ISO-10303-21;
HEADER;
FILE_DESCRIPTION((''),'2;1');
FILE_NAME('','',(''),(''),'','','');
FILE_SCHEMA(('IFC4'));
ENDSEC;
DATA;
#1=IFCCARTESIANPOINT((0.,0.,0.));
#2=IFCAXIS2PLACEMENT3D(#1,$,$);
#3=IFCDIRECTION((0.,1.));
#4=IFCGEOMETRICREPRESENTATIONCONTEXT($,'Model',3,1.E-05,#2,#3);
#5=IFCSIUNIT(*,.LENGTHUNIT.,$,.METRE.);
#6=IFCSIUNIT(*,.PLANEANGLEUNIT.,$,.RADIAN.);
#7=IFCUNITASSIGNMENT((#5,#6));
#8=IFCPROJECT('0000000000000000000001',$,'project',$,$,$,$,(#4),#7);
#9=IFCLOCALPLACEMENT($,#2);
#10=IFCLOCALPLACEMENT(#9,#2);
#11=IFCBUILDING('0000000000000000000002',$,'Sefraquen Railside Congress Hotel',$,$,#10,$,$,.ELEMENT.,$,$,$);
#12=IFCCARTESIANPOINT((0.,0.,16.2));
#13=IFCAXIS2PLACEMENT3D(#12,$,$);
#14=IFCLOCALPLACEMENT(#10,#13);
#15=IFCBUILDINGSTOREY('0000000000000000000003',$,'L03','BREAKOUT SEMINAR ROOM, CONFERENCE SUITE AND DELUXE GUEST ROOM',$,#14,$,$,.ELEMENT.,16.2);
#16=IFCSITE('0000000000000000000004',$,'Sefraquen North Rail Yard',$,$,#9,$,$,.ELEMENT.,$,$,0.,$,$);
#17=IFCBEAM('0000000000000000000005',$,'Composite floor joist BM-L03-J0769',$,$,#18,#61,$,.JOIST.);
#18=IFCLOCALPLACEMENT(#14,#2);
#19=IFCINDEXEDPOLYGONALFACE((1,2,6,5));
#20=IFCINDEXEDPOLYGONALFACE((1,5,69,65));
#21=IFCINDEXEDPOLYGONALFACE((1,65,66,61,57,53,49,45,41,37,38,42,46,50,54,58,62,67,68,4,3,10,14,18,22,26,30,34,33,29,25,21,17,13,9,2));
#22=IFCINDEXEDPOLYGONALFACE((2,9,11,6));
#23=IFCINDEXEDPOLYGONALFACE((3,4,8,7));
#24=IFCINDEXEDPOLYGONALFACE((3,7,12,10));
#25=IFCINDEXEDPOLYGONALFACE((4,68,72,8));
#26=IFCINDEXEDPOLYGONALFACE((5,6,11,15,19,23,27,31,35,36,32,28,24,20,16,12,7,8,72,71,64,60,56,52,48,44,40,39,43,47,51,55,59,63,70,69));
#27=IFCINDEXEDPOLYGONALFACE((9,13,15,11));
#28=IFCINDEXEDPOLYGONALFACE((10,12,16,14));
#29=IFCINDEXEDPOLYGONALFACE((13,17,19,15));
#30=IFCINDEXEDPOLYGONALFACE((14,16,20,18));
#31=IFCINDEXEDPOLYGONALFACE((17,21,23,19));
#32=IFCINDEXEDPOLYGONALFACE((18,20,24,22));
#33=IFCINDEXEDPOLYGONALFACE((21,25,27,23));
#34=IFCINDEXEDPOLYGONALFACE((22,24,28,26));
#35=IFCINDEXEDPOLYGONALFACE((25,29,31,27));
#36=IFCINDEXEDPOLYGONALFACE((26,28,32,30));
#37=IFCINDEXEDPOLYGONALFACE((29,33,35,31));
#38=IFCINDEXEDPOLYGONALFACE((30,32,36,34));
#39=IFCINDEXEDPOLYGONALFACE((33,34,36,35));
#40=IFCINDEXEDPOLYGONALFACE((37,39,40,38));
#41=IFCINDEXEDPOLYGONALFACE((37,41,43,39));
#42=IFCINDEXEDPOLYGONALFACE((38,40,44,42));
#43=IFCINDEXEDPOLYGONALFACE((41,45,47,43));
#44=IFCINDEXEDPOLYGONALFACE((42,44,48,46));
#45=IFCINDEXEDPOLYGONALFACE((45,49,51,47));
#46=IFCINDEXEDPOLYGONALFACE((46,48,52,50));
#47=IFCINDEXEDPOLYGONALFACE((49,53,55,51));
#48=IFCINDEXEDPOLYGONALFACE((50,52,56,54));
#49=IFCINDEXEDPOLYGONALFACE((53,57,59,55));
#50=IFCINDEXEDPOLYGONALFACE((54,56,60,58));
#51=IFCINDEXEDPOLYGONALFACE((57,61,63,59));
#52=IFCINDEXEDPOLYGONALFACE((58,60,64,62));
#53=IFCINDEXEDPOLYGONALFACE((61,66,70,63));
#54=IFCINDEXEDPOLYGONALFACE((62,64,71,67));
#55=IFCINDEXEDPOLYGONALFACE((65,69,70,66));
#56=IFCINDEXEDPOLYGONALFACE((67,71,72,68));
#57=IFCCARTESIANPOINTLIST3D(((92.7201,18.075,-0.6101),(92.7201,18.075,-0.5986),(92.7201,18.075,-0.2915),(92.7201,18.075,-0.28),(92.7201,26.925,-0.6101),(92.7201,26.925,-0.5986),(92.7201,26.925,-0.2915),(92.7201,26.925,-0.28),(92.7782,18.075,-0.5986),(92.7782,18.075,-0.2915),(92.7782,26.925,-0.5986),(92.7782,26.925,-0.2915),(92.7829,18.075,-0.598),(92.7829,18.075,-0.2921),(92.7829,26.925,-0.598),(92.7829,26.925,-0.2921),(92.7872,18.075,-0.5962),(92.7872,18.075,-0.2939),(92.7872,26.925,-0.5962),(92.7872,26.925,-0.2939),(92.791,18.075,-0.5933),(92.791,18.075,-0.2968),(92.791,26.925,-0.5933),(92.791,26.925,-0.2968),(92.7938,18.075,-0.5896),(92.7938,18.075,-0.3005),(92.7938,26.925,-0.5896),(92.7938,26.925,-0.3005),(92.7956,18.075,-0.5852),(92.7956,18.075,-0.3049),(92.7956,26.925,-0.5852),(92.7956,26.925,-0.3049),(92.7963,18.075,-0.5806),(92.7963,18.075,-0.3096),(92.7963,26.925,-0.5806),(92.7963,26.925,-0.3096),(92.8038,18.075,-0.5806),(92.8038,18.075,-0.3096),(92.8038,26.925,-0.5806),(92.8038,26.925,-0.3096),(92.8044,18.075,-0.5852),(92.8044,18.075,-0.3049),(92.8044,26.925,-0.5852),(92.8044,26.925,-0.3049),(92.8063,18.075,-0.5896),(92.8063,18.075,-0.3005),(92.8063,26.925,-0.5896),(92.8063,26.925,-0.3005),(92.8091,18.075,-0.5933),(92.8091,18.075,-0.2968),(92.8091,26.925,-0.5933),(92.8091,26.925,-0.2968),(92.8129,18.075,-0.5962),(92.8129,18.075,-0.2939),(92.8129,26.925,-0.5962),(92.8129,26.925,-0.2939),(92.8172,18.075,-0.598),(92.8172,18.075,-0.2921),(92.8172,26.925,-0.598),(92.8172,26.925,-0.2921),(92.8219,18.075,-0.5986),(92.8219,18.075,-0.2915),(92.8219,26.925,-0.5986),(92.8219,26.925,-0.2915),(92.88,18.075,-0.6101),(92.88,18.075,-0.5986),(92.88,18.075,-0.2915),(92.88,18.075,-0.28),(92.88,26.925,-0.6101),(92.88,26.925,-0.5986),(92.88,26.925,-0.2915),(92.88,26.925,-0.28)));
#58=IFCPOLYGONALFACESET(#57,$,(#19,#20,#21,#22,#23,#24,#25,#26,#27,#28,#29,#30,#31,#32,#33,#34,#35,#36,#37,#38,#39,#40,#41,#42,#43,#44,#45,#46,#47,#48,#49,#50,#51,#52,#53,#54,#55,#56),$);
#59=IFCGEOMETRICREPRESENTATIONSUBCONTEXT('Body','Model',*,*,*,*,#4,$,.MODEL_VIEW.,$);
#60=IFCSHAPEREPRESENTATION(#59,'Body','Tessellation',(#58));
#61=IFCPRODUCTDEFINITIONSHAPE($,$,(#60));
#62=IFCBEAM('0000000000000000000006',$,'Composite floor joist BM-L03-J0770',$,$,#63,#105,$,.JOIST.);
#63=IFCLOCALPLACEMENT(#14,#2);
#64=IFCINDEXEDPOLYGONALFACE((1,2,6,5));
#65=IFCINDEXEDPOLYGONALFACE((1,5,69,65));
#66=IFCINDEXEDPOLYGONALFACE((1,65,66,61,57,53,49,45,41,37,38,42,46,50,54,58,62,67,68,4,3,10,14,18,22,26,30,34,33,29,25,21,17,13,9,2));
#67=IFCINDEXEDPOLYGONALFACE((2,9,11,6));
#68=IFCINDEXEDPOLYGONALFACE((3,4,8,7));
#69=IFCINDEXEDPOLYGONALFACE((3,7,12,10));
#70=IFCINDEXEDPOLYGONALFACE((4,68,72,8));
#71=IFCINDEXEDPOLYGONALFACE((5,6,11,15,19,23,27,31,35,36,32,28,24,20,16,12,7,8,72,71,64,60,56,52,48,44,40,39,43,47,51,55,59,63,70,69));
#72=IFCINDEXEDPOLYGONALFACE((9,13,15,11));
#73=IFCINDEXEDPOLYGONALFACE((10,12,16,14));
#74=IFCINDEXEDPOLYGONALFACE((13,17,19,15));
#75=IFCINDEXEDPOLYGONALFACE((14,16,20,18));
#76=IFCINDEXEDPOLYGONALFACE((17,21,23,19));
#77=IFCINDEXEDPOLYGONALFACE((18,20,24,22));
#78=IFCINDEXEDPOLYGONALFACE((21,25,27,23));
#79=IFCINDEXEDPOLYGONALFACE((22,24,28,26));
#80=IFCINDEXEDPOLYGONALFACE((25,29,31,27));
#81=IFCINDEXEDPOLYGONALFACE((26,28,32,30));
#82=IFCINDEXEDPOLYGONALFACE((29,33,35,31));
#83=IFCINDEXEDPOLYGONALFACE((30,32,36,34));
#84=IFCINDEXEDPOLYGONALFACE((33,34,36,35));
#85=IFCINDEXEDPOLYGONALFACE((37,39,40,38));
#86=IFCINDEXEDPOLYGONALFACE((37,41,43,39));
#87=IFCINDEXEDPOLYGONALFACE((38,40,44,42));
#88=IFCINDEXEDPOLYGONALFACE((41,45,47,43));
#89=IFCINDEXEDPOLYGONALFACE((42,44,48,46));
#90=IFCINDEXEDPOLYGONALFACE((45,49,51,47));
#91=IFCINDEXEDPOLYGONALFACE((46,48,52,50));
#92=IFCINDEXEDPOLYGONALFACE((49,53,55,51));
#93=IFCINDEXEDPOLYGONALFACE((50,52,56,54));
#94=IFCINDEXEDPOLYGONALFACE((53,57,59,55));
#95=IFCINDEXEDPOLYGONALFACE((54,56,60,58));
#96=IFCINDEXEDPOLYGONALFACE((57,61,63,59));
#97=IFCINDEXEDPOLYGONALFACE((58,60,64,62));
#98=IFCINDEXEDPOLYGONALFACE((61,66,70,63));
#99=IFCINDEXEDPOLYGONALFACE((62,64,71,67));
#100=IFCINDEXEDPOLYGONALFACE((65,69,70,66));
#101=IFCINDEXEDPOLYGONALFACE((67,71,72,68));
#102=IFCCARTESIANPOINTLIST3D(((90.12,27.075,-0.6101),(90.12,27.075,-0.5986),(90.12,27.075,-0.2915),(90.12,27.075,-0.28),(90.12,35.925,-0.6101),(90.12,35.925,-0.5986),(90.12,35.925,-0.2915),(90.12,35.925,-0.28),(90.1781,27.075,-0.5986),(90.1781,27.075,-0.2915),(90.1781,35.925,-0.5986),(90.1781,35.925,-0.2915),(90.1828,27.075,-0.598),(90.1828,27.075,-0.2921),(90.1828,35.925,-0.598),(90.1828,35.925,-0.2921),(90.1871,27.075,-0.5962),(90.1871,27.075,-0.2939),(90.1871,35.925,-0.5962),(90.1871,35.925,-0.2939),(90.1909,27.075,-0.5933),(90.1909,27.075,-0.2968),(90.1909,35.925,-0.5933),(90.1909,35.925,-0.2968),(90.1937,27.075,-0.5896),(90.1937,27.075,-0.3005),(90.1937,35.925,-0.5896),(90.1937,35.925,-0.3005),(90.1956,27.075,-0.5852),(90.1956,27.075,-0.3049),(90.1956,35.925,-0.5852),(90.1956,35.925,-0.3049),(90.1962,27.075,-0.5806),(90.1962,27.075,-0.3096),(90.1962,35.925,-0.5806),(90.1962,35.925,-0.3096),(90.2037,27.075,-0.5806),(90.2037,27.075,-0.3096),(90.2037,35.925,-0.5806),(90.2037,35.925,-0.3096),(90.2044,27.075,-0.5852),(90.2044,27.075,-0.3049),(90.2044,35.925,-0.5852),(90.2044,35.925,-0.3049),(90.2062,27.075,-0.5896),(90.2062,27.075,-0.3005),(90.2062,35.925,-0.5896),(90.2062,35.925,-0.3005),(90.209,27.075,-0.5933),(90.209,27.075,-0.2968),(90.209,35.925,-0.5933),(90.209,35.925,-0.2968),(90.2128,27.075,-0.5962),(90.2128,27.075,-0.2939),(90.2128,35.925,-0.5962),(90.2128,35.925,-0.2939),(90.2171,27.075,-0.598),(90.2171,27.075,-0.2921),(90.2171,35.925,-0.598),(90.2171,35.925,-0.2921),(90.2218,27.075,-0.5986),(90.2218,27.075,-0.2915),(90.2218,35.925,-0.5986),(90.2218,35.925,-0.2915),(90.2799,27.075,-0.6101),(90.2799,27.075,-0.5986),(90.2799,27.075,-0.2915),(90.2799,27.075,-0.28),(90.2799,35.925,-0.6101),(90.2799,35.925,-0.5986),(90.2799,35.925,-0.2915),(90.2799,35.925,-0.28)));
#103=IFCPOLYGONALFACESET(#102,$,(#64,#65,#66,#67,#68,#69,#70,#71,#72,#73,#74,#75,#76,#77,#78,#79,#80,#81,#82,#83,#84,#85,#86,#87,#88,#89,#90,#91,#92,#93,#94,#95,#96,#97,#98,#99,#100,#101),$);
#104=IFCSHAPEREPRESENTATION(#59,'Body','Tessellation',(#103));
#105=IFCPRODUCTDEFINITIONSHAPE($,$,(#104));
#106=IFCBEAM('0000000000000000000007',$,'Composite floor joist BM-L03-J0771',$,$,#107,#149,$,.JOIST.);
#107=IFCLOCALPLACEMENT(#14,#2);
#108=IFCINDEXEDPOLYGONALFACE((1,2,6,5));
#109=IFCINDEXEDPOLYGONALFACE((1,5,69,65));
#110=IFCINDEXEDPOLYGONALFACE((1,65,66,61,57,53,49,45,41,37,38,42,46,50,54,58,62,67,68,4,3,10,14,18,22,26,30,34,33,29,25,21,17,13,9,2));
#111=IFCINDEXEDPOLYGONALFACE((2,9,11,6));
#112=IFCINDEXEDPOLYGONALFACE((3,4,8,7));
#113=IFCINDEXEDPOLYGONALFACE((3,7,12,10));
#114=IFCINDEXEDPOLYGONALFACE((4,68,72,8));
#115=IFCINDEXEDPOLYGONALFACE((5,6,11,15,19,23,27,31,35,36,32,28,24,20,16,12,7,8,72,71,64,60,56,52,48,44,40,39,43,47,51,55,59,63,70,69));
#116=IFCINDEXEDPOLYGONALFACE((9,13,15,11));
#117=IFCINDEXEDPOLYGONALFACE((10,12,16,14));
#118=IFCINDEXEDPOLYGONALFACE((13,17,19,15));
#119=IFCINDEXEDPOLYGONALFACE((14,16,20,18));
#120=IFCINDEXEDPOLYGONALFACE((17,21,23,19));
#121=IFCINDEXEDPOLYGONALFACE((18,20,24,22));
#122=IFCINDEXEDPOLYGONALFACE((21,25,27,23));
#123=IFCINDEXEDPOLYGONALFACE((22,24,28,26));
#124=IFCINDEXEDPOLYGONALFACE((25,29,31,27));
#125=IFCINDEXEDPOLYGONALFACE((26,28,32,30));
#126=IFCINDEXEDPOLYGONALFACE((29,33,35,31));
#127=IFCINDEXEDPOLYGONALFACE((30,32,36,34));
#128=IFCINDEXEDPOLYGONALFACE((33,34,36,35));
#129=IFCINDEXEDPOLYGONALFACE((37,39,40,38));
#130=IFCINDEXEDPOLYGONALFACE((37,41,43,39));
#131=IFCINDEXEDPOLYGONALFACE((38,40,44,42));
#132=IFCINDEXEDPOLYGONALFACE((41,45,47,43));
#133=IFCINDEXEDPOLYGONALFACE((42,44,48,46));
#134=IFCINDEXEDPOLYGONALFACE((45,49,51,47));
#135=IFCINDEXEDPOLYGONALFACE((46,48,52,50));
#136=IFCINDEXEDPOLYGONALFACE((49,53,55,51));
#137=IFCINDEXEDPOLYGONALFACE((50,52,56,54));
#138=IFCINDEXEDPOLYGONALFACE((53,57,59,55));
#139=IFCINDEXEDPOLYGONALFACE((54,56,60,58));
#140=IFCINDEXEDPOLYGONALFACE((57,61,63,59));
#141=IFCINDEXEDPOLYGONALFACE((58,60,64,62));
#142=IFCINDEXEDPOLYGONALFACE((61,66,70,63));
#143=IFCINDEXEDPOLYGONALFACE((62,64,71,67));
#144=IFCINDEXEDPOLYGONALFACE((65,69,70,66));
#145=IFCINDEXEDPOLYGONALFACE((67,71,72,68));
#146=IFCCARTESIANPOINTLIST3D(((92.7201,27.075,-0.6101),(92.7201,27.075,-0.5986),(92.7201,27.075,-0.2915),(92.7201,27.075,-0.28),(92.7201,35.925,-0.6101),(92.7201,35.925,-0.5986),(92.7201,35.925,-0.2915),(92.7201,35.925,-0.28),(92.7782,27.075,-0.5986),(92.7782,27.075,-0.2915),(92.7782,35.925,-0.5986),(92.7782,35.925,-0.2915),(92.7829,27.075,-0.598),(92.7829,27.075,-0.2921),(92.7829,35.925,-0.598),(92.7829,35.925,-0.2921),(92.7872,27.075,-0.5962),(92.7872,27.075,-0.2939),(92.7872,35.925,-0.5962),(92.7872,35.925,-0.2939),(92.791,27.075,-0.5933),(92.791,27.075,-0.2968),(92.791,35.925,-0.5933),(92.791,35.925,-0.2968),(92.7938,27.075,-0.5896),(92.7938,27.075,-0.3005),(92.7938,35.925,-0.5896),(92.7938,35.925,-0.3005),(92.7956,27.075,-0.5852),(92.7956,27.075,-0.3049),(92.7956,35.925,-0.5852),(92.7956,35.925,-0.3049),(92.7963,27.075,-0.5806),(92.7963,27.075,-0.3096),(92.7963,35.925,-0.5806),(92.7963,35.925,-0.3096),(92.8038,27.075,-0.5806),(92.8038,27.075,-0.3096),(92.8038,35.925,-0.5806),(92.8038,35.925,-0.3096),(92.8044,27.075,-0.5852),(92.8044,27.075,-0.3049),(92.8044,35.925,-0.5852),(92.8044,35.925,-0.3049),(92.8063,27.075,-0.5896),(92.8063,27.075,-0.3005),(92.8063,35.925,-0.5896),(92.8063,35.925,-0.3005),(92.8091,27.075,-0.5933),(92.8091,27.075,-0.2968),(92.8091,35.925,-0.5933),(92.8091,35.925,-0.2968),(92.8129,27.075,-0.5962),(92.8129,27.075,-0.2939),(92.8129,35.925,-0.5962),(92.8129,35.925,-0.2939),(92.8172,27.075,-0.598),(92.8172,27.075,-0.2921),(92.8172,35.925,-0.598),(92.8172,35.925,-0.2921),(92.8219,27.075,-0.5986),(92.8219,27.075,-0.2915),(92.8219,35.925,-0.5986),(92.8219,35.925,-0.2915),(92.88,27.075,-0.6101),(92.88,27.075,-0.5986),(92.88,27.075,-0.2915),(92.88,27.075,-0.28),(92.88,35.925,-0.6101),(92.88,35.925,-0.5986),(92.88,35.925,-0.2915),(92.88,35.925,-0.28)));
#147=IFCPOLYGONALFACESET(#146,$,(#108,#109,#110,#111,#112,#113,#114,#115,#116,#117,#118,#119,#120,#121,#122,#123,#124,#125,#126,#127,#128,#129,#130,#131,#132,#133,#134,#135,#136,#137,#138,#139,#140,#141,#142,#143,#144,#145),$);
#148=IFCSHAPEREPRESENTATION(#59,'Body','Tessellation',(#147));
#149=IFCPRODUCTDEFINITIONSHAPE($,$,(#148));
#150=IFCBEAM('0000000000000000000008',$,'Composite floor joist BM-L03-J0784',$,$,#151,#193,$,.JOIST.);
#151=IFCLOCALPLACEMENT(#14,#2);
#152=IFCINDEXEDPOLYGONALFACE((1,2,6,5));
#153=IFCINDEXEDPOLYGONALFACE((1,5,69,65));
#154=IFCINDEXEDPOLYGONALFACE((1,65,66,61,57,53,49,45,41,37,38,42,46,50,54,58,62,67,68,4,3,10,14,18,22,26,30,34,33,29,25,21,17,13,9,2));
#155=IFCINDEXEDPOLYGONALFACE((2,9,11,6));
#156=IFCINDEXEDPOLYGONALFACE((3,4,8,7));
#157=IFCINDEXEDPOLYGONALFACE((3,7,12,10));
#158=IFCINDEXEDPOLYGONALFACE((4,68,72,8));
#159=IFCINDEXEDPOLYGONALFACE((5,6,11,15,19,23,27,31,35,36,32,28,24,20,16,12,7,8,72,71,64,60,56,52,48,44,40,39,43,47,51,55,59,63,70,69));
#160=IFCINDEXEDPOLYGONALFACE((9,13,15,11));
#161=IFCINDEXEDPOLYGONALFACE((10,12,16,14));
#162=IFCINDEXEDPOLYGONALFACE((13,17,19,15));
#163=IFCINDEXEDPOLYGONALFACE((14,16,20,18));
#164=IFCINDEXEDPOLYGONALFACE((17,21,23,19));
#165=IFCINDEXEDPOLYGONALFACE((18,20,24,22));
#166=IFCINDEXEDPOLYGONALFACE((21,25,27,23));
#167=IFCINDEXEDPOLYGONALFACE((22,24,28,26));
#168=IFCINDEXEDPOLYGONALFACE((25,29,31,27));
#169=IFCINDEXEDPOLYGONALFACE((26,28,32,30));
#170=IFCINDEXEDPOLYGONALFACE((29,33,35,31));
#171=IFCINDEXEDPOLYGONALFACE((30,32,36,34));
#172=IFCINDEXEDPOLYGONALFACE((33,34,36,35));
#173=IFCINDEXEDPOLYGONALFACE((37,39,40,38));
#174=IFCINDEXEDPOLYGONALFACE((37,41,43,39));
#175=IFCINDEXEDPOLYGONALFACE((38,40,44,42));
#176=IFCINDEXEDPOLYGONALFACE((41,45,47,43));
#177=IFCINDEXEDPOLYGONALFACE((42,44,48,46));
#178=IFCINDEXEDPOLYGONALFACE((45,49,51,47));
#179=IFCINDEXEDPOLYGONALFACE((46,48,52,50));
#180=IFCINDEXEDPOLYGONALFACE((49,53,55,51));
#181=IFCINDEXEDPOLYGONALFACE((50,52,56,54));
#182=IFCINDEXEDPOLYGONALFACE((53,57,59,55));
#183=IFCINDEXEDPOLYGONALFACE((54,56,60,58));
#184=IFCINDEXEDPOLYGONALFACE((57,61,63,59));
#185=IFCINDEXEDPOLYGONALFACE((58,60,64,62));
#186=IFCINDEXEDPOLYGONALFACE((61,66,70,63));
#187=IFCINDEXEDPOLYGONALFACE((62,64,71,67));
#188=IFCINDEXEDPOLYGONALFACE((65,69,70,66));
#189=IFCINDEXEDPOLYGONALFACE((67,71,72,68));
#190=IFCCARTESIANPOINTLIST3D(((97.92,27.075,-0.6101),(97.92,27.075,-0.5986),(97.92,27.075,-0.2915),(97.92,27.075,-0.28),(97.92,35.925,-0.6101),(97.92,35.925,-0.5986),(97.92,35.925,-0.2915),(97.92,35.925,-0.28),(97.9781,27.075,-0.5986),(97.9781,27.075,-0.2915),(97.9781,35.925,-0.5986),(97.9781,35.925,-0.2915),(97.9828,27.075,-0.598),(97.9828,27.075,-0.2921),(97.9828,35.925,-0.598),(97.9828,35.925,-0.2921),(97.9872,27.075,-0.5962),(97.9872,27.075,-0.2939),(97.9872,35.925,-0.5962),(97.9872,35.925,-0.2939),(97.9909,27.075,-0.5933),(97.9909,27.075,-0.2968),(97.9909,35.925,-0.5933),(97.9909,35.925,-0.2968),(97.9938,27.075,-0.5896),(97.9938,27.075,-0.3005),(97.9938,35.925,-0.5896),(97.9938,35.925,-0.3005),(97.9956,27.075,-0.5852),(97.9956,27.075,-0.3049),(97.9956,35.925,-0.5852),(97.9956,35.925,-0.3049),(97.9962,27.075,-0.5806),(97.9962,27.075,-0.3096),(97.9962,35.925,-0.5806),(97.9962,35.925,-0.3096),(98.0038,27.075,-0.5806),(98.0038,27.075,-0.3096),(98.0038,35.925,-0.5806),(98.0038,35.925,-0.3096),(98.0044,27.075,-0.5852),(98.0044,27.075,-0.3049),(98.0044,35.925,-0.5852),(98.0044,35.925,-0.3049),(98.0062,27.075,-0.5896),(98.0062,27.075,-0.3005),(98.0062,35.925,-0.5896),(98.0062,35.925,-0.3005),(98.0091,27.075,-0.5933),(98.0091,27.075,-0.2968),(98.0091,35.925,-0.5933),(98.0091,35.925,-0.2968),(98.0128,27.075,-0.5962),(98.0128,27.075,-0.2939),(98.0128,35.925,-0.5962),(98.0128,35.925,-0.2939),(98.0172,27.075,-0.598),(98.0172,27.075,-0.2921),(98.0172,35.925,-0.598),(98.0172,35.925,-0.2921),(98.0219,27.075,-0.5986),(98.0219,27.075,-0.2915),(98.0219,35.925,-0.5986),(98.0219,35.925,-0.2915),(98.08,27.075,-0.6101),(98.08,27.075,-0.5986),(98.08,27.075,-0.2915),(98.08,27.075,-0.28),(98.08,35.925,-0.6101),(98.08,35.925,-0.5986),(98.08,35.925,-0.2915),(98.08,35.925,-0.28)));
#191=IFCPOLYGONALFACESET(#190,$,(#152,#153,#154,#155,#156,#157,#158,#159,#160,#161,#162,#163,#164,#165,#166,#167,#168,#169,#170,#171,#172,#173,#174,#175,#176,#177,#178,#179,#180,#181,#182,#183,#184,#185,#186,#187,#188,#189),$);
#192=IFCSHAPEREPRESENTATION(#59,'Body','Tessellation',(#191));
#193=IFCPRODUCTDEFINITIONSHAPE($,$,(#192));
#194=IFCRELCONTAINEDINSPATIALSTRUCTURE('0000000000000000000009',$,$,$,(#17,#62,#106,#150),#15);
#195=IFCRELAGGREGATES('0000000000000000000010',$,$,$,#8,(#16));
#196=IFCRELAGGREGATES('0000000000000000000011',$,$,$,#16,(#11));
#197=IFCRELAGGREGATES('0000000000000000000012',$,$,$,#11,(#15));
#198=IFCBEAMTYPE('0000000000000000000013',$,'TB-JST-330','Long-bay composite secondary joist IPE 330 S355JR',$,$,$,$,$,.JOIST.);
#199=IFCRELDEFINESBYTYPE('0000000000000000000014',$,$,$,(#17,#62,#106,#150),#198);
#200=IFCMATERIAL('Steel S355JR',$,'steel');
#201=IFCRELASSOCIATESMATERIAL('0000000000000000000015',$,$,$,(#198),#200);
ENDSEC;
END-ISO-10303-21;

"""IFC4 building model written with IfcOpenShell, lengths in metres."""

from ifc_helpers import new_model, si_unit, direction, frame, origin, origin_2d, place, context, subcontext, project, spatial, i_section, extrude, material, material_profile, profile_set, type_object, element, save


model = new_model("IFC4")

# Units and contexts
model_context = context("Model", 3, precision=1e-05, world=origin(), true_north=direction((0.0, 1.0)))
body_context = subcontext(model_context, "Body", "Model", "MODEL_VIEW")
ifc_project = project(units=[si_unit("LENGTHUNIT", "METRE"), si_unit("PLANEANGLEUNIT", "RADIAN")], contexts=[model_context])

# Site, building, storey
site_placement = place(None, origin())
site = spatial("IfcSite", under=ifc_project, at=site_placement, Name="Sefraquen North Rail Yard", CompositionType="ELEMENT", RefElevation=0.0)
building_placement = place(site_placement, origin())
building = spatial("IfcBuilding", under=site, at=building_placement, Name="Sefraquen Railside Congress Hotel", CompositionType="ELEMENT")
storey_placement = place(building_placement, frame((0.0, 0.0, 16.2)))
storey = spatial("IfcBuildingStorey", under=building, at=storey_placement, Name="L03", Description="BREAKOUT SEMINAR ROOM, CONFERENCE SUITE AND DELUXE GUEST ROOM", CompositionType="ELEMENT", Elevation=16.2)

# Beams
ifc_material_1 = material(Name="Steel S355JR", Category="steel")
ifc_material_profile_1 = material_profile(ifc_material_1, i_section(OverallWidth=0.1599, OverallDepth=0.3301, WebThickness=0.0076, FlangeThickness=0.0115, FilletRadius=0.0181, at=origin_2d()), Name="IPE 330")
ifc_profile_set_1 = profile_set([ifc_material_profile_1], Name="Steel S355JR")
beam_type_1 = type_object("IfcBeamType", Name="TB-JST-330", Description="Long-bay composite secondary joist IPE 330 S355JR", PredefinedType="JOIST", material=ifc_profile_set_1)
for number, where, z_axis, x_axis, name in (
    (1, (92.8, 18.075, -0.4451), (0.0, 1.0, 0.0), (-1.0, 0.0, 0.0), "Composite floor joist BM-L03-J0769"),
    (2, (90.2, 27.075, -0.4451), (0.0, 1.0, 0.0), (-1.0, 0.0, 0.0), "Composite floor joist BM-L03-J0770"),
    (3, (92.8, 27.075, -0.4451), (0.0, 1.0, 0.0), (-1.0, 0.0, 0.0), "Composite floor joist BM-L03-J0771"),
    (4, (98.0, 27.075, -0.4451), (0.0, 1.0, 0.0), (-1.0, 0.0, 0.0), "Composite floor joist BM-L03-J0784"),
):
    element("IfcBeam", number, at=place(storey_placement, frame(where, z_axis=z_axis, x_axis=x_axis)), inside=storey, type_object=beam_type_1, Name=name, PredefinedType="JOIST", context=body_context, shape_type="SweptSolid", body=[
        extrude(i_section(OverallWidth=0.1599, OverallDepth=0.3301, WebThickness=0.0076, FlangeThickness=0.0115, FilletRadius=0.0181, at=origin_2d()), origin(), (0.0, 0.0, 1.0), 8.8501),
    ])

save(model, "model.ifc")
